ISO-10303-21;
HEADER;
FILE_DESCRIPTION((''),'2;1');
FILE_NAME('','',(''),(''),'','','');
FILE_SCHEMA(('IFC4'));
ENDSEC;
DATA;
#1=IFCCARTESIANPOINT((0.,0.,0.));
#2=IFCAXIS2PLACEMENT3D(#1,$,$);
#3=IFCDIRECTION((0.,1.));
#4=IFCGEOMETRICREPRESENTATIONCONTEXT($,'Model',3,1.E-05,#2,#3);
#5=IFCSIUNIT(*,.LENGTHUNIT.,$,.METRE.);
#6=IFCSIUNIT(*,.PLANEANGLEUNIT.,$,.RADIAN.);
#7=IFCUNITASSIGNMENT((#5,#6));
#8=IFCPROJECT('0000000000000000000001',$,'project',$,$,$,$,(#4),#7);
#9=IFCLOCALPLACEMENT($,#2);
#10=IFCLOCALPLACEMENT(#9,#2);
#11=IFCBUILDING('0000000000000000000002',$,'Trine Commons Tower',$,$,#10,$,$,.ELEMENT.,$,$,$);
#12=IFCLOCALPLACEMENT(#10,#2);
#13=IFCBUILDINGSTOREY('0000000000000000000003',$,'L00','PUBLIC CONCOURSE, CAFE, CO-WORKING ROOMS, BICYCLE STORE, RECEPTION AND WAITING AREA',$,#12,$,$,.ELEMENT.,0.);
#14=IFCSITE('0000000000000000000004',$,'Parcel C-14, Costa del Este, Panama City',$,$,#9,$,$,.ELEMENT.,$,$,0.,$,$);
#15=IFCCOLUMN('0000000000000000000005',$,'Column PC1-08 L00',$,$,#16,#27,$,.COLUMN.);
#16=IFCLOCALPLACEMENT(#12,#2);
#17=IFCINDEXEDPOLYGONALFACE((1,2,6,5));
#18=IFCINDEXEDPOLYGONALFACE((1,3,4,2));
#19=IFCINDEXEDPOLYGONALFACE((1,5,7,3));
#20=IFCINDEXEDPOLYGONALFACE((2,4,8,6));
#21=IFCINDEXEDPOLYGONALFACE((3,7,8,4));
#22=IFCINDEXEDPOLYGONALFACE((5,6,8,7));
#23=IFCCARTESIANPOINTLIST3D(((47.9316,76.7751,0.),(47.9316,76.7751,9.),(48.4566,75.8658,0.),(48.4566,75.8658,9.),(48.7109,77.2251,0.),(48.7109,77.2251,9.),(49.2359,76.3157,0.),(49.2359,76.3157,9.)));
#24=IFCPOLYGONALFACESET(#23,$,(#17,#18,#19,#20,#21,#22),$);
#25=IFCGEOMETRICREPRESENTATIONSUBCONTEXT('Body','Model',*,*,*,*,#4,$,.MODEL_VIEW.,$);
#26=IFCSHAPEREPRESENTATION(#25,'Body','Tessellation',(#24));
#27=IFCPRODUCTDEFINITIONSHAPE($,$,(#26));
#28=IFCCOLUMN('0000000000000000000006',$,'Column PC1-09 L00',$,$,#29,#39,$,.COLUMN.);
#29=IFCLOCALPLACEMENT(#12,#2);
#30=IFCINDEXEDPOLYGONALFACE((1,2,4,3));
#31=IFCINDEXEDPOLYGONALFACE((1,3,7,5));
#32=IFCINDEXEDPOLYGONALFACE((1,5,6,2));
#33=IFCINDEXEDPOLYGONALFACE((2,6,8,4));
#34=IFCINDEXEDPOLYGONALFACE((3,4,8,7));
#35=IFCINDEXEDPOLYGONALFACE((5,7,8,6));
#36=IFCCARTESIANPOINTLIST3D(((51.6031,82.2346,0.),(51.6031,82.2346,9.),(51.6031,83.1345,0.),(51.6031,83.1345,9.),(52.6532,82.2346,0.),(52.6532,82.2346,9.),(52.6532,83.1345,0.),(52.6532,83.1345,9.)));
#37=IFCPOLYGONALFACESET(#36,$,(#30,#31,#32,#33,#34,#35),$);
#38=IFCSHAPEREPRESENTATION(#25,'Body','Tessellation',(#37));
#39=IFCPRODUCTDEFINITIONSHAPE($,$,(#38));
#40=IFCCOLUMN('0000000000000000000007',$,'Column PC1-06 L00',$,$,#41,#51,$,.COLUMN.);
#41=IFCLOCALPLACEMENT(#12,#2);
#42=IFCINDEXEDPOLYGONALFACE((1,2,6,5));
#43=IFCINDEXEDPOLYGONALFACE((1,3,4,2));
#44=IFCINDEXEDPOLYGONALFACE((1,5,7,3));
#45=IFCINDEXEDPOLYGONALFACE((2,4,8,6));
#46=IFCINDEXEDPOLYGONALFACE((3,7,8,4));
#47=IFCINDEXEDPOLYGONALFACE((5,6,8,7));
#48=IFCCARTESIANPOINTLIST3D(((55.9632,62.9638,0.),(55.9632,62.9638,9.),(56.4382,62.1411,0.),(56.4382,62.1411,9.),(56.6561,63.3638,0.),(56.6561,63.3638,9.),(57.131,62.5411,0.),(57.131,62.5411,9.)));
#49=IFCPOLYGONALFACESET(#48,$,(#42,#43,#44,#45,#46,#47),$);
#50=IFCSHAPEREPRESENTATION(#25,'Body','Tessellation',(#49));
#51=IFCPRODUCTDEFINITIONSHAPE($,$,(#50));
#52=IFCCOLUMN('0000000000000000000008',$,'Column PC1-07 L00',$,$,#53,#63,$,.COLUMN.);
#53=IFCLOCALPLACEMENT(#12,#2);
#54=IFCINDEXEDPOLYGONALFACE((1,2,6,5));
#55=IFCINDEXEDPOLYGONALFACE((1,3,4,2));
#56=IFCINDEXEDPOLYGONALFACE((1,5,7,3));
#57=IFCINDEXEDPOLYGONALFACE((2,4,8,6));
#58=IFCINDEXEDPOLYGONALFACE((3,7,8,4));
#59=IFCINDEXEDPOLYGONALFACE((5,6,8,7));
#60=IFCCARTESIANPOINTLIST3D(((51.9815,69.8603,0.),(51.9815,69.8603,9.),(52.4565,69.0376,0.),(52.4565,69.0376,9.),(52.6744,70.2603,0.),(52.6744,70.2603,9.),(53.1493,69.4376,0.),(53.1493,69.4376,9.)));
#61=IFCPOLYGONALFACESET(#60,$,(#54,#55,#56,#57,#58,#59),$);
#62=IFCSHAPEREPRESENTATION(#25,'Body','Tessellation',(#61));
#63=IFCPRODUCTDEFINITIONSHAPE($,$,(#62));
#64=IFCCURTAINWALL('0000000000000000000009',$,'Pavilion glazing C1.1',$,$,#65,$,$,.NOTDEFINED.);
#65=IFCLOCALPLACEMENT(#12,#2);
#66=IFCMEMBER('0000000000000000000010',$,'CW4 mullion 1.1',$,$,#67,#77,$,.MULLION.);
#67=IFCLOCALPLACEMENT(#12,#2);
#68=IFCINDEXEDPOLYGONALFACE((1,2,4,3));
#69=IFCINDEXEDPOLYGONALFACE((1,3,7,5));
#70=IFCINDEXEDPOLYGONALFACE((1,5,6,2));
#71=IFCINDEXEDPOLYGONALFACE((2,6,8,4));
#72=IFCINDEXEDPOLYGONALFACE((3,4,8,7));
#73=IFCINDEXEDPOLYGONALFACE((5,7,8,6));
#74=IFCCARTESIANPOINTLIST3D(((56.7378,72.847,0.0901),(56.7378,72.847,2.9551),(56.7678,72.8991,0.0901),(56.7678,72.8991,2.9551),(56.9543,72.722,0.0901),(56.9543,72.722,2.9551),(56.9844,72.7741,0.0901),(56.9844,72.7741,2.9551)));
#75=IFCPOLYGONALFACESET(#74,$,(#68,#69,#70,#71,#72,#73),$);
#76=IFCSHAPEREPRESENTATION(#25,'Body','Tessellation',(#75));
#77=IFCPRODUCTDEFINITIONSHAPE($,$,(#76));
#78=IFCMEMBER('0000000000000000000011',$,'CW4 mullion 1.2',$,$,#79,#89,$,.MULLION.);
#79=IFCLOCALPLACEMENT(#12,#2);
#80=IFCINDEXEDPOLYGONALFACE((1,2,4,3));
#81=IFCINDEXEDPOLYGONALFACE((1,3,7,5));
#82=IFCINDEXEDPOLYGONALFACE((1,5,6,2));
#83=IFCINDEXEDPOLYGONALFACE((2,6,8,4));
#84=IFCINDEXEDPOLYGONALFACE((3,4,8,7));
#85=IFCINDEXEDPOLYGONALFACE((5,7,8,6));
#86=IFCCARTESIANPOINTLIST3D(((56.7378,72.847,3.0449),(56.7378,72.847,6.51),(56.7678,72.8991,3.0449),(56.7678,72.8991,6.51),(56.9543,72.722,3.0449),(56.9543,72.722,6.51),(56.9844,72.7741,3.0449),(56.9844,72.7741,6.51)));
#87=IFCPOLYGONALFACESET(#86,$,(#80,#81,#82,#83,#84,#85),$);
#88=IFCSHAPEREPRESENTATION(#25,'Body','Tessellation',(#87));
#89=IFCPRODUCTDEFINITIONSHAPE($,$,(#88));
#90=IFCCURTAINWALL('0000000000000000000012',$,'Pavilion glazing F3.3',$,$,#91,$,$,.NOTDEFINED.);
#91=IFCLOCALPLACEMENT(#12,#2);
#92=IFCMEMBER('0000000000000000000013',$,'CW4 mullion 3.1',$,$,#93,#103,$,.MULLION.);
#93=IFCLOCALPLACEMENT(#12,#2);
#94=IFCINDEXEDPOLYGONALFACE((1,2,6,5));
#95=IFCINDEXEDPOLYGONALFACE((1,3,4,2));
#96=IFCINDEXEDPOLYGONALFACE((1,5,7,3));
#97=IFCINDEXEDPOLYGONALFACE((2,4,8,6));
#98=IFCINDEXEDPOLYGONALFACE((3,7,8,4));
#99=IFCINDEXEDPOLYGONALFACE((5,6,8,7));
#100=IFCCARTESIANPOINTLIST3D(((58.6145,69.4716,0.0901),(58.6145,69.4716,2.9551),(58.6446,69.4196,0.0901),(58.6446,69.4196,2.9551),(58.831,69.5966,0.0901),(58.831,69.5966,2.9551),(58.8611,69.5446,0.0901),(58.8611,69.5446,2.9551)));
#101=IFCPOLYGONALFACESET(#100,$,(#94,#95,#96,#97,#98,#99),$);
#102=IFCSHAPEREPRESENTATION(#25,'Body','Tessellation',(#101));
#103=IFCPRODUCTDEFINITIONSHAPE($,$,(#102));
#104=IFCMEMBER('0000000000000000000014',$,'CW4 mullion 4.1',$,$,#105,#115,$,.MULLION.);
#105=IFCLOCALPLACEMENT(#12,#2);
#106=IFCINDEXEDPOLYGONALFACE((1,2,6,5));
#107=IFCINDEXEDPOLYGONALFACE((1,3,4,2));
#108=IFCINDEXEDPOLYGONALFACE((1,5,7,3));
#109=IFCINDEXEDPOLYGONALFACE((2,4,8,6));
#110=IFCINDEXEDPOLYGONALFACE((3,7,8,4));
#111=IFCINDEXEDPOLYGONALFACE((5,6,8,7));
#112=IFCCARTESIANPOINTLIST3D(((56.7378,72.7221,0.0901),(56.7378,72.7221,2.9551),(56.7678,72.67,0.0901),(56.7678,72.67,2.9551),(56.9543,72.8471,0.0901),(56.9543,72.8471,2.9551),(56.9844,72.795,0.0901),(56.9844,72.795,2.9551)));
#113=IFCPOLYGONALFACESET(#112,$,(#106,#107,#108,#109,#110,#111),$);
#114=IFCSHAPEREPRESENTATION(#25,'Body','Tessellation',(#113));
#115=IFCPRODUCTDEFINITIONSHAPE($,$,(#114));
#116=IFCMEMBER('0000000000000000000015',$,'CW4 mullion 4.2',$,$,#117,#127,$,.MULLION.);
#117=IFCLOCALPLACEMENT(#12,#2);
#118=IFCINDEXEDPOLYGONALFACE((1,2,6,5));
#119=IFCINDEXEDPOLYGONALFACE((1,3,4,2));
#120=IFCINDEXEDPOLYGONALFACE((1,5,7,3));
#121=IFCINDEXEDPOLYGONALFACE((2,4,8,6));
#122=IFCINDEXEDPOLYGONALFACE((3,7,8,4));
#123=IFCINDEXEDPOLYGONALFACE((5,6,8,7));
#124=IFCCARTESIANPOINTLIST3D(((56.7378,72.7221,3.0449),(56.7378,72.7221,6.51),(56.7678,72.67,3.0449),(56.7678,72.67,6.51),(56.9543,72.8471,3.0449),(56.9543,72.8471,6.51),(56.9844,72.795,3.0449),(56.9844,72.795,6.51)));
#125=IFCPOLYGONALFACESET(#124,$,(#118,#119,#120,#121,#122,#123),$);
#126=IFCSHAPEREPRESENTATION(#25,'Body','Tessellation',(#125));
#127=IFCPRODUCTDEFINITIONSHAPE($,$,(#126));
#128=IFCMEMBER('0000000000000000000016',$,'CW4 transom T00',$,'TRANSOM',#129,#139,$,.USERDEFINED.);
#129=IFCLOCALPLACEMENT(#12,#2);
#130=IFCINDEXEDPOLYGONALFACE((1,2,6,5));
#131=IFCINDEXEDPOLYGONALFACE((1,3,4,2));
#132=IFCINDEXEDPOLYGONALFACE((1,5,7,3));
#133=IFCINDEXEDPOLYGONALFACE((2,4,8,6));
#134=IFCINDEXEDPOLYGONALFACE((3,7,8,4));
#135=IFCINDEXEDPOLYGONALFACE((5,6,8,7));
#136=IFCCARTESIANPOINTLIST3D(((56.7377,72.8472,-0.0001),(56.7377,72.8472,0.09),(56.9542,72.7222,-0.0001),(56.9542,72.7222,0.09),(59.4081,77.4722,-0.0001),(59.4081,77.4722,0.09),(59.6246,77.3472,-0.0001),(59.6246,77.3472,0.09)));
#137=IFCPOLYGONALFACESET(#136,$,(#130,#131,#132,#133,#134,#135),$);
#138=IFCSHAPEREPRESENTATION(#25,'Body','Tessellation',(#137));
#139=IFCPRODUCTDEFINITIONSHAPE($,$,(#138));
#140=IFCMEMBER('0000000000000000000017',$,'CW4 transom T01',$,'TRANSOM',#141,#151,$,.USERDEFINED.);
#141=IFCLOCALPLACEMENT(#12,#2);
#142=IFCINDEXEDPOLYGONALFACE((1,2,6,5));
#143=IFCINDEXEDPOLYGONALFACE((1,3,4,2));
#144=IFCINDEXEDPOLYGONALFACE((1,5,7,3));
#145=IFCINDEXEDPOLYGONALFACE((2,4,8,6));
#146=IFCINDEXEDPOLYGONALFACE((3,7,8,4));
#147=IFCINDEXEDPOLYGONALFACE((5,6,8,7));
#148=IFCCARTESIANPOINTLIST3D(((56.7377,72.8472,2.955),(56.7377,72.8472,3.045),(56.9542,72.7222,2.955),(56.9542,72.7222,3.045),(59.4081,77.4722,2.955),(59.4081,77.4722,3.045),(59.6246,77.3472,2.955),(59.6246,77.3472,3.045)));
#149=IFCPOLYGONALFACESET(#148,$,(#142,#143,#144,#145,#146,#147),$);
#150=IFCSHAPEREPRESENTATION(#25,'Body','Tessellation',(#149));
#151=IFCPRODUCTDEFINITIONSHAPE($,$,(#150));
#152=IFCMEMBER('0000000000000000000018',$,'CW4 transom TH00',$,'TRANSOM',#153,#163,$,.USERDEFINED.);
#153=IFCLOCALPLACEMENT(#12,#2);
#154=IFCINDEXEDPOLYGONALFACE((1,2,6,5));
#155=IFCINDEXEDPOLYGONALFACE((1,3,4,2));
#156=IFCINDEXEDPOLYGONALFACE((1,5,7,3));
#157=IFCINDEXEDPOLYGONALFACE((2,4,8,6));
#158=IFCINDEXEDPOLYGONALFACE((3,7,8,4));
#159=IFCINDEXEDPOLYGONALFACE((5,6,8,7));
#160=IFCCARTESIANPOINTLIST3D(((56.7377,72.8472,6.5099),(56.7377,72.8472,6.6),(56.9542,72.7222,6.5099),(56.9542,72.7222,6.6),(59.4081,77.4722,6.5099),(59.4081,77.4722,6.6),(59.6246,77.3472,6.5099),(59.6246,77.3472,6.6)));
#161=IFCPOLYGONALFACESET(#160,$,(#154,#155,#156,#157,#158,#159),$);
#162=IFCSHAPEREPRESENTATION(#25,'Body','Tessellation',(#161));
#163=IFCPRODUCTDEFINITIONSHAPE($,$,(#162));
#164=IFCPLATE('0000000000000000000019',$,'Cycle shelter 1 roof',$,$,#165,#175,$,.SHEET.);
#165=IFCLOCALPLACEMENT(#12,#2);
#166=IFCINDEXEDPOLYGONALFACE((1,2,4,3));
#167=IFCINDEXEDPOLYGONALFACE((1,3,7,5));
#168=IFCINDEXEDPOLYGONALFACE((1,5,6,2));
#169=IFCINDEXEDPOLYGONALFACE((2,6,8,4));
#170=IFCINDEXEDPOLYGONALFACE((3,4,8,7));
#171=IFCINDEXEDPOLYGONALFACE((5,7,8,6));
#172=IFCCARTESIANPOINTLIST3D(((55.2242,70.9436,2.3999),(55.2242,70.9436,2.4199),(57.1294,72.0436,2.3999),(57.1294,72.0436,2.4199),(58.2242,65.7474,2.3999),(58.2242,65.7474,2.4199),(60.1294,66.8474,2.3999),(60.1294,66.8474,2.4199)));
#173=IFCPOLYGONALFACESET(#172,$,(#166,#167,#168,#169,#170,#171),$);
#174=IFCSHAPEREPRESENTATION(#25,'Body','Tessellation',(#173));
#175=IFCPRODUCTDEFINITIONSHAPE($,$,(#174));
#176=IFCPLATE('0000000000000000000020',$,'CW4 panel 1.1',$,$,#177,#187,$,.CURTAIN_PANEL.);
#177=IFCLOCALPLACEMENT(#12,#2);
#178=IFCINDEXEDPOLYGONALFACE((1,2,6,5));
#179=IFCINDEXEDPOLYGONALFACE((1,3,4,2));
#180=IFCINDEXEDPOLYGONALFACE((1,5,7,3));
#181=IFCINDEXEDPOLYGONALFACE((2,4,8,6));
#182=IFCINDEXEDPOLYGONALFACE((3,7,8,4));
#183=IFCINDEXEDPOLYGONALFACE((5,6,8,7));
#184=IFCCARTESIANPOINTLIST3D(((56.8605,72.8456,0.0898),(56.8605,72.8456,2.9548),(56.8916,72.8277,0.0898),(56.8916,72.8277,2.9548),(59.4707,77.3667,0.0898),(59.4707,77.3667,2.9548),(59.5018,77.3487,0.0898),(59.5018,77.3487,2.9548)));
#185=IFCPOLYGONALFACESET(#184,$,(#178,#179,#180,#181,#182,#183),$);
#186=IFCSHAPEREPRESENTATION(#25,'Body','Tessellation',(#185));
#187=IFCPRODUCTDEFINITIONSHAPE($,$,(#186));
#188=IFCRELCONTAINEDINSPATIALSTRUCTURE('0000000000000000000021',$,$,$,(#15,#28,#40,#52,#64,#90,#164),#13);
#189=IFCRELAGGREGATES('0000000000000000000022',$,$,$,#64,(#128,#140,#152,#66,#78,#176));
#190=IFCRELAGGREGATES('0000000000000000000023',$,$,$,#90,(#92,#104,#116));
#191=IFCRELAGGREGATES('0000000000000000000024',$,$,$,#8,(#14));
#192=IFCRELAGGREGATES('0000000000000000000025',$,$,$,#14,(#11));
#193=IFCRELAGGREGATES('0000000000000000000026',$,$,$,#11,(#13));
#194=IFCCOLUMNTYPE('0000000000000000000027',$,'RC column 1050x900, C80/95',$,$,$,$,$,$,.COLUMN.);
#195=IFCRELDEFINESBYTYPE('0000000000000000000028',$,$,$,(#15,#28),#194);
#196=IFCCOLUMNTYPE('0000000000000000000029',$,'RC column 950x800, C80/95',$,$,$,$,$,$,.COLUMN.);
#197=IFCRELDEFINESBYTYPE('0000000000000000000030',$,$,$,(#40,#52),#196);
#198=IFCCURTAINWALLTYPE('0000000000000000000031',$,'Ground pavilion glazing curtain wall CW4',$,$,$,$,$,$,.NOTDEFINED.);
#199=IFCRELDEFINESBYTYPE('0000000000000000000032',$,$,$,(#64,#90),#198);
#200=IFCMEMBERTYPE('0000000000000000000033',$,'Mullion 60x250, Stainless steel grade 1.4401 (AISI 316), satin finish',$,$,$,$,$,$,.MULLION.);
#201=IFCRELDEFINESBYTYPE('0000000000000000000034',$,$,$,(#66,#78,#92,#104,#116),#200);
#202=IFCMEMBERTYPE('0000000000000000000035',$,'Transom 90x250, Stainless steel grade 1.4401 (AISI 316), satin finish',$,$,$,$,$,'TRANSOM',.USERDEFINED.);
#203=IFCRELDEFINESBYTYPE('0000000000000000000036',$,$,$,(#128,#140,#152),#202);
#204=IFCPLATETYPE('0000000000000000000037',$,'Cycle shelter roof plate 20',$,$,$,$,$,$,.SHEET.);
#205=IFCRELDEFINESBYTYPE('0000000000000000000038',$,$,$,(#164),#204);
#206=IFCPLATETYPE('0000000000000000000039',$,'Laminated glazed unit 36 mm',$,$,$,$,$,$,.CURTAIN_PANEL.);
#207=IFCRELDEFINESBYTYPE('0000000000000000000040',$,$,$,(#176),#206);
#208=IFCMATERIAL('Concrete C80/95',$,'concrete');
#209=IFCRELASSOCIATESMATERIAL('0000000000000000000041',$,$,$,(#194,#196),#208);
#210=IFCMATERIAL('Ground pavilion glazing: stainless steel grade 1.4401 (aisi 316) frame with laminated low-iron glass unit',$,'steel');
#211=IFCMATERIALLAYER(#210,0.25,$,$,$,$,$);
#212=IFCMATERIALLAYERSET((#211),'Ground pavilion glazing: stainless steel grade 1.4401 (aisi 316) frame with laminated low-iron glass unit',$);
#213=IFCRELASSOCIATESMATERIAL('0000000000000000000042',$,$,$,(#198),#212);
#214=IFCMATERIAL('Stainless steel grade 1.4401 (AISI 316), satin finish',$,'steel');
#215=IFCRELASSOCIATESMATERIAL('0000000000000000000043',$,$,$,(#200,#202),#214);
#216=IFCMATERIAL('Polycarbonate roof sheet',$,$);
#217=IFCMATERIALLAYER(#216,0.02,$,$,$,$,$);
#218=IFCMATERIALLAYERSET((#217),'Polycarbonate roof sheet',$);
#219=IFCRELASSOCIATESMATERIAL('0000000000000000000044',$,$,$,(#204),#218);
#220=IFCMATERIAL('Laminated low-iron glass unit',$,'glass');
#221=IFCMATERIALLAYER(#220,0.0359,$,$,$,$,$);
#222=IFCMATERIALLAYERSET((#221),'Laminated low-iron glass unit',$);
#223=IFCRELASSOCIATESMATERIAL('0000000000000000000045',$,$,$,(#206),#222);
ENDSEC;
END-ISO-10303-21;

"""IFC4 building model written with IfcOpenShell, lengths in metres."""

from ifc_helpers import new_model, si_unit, direction, frame, origin, origin_2d, place, context, subcontext, project, spatial, rectangle, extrude, material, layer, layer_set, material_profile, profile_set, type_object, element, aggregate, save


model = new_model("IFC4")

# Units and contexts
model_context = context("Model", 3, precision=1e-05, world=origin(), true_north=direction((0.0, 1.0)))
body_context = subcontext(model_context, "Body", "Model", "MODEL_VIEW")
ifc_project = project(units=[si_unit("LENGTHUNIT", "METRE"), si_unit("PLANEANGLEUNIT", "RADIAN")], contexts=[model_context])

# Site, building, storey
site_placement = place(None, origin())
site = spatial("IfcSite", under=ifc_project, at=site_placement, Name="Parcel C-14, Costa del Este, Panama City", CompositionType="ELEMENT", RefElevation=0.0)
building_placement = place(site_placement, origin())
building = spatial("IfcBuilding", under=site, at=building_placement, Name="Trine Commons Tower", CompositionType="ELEMENT")
storey_placement = place(building_placement, origin())
storey = spatial("IfcBuildingStorey", under=building, at=storey_placement, Name="L00", Description="PUBLIC CONCOURSE, CAFE, CO-WORKING ROOMS, BICYCLE STORE, RECEPTION AND WAITING AREA", CompositionType="ELEMENT", Elevation=0.0)

# Columns
ifc_material_1 = material(Name="Concrete C80/95", Category="concrete")
ifc_material_profile_1 = material_profile(ifc_material_1, rectangle(XDim=1.05, YDim=0.8999, at=origin_2d()), Name="RC 1050x900")
ifc_profile_set_1 = profile_set([ifc_material_profile_1], Name="Concrete C80/95")
column_type_1 = type_object("IfcColumnType", Name="RC column 1050x900, C80/95", PredefinedType="COLUMN", material=ifc_profile_set_1)
for number, where, z_axis, x_axis, name in (
    (1, (48.5837, 76.5454, 0.0), (0.0, 0.0, 1.0), (-0.5, 0.866025, 0.0), "Column PC1-08 L00"),
    (2, (52.1282, 82.6846, 0.0), (0.0, 0.0, 1.0), (1.0, 0.0, 0.0), "Column PC1-09 L00"),
):
    element("IfcColumn", number, at=place(storey_placement, frame(where, z_axis=z_axis, x_axis=x_axis)), inside=storey, type_object=column_type_1, Name=name, PredefinedType="COLUMN", context=body_context, shape_type="SweptSolid", body=[
        extrude(rectangle(XDim=1.05, YDim=0.8999, at=origin_2d()), origin(), (0.0, 0.0, 1.0), 9.0),
    ])
ifc_material_profile_2 = material_profile(ifc_material_1, rectangle(XDim=0.95, YDim=0.8, at=origin_2d()), Name="RC 950x800")
ifc_profile_set_2 = profile_set([ifc_material_profile_2], Name="Concrete C80/95")
column_type_2 = type_object("IfcColumnType", Name="RC column 950x800, C80/95", PredefinedType="COLUMN", material=ifc_profile_set_2)
for number, where, z_axis, x_axis, name in (
    (3, (56.5471, 62.7524, 0.0), (0.0, 0.0, 1.0), (-0.5, 0.866025, 0.0), "Column PC1-06 L00"),
    (4, (52.5654, 69.6489, 0.0), (0.0, 0.0, 1.0), (-0.5, 0.866025, 0.0), "Column PC1-07 L00"),
):
    element("IfcColumn", number, at=place(storey_placement, frame(where, z_axis=z_axis, x_axis=x_axis)), inside=storey, type_object=column_type_2, Name=name, PredefinedType="COLUMN", context=body_context, shape_type="SweptSolid", body=[
        extrude(rectangle(XDim=0.95, YDim=0.8, at=origin_2d()), origin(), (0.0, 0.0, 1.0), 9.0),
    ])

# Curtain walls, members
ifc_material_2 = material(Name="Ground pavilion glazing: stainless steel grade 1.4401 (aisi 316) frame with laminated low-iron glass unit", Category="steel")
ifc_layer_1 = layer(ifc_material_2, 0.25)
ifc_layer_set_1 = layer_set([ifc_layer_1], Name="Ground pavilion glazing: stainless steel grade 1.4401 (aisi 316) frame with laminated low-iron glass unit")
curtain_wall_type = type_object("IfcCurtainWallType", Name="Ground pavilion glazing curtain wall CW4", PredefinedType="NOTDEFINED", material=ifc_layer_set_1)
curtain_wall_1_placement = place(storey_placement, origin())
curtain_wall_1 = element("IfcCurtainWall", 5, at=curtain_wall_1_placement, inside=storey, type_object=curtain_wall_type, Name="Pavilion glazing C1.1", PredefinedType="NOTDEFINED")
ifc_material_3 = material(Name="Stainless steel grade 1.4401 (AISI 316), satin finish", Category="steel")
ifc_material_profile_3 = material_profile(ifc_material_3, rectangle(XDim=0.25, YDim=0.0601, at=origin_2d()), Name="Mullion 60x250")
ifc_profile_set_3 = profile_set([ifc_material_profile_3], Name="Stainless steel grade 1.4401 (AISI 316), satin finish")
member_type_1 = type_object("IfcMemberType", Name="Mullion 60x250, Stainless steel grade 1.4401 (AISI 316), satin finish", PredefinedType="MULLION", material=ifc_profile_set_3)
member_1_placement = place(storey_placement, frame((56.8611, 72.8105, 0.0901), z_axis=(0.0, 0.0, 1.0), x_axis=(-0.866025, 0.5, 0.0)))
member_1 = element("IfcMember", 6, at=member_1_placement, type_object=member_type_1, Name="CW4 mullion 1.1", PredefinedType="MULLION", context=body_context, shape_type="SweptSolid", body=[
    extrude(rectangle(XDim=0.25, YDim=0.0601, at=origin_2d()), origin(), (0.0, 0.0, 1.0), 2.865),
])
member_2_placement = place(storey_placement, frame((56.8611, 72.8105, 3.0449), z_axis=(0.0, 0.0, 1.0), x_axis=(-0.866025, 0.5, 0.0)))
member_2 = element("IfcMember", 7, at=member_2_placement, type_object=member_type_1, Name="CW4 mullion 1.2", PredefinedType="MULLION", context=body_context, shape_type="SweptSolid", body=[
    extrude(rectangle(XDim=0.25, YDim=0.0601, at=origin_2d()), origin(), (0.0, 0.0, 1.0), 3.4651),
])
curtain_wall_2_placement = place(storey_placement, origin())
curtain_wall_2 = element("IfcCurtainWall", 8, at=curtain_wall_2_placement, inside=storey, type_object=curtain_wall_type, Name="Pavilion glazing F3.3", PredefinedType="NOTDEFINED")
member_3_placement = place(storey_placement, frame((58.7378, 69.5081, 0.0901), z_axis=(0.0, 0.0, 1.0), x_axis=(-0.866025, -0.5, 0.0)))
member_3 = element("IfcMember", 9, at=member_3_placement, type_object=member_type_1, Name="CW4 mullion 3.1", PredefinedType="MULLION", context=body_context, shape_type="SweptSolid", body=[
    extrude(rectangle(XDim=0.25, YDim=0.0601, at=origin_2d()), origin(), (0.0, 0.0, 1.0), 2.865),
])
member_4_placement = place(storey_placement, frame((56.8611, 72.7585, 0.0901), z_axis=(0.0, 0.0, 1.0), x_axis=(-0.866025, -0.5, 0.0)))
member_4 = element("IfcMember", 10, at=member_4_placement, type_object=member_type_1, Name="CW4 mullion 4.1", PredefinedType="MULLION", context=body_context, shape_type="SweptSolid", body=[
    extrude(rectangle(XDim=0.25, YDim=0.0601, at=origin_2d()), origin(), (0.0, 0.0, 1.0), 2.865),
])
member_5_placement = place(storey_placement, frame((56.8611, 72.7585, 3.0449), z_axis=(0.0, 0.0, 1.0), x_axis=(-0.866025, -0.5, 0.0)))
member_5 = element("IfcMember", 11, at=member_5_placement, type_object=member_type_1, Name="CW4 mullion 4.2", PredefinedType="MULLION", context=body_context, shape_type="SweptSolid", body=[
    extrude(rectangle(XDim=0.25, YDim=0.0601, at=origin_2d()), origin(), (0.0, 0.0, 1.0), 3.4651),
])

# Members
ifc_material_profile_4 = material_profile(ifc_material_3, rectangle(XDim=0.25, YDim=0.0901, at=origin_2d()), Name="Transom 90x250")
ifc_profile_set_4 = profile_set([ifc_material_profile_4], Name="Stainless steel grade 1.4401 (AISI 316), satin finish")
member_type_2 = type_object("IfcMemberType", Name="Transom 90x250, Stainless steel grade 1.4401 (AISI 316), satin finish", ElementType="TRANSOM", PredefinedType="USERDEFINED", material=ifc_profile_set_4)
member_6_placement = place(storey_placement, frame((56.8459, 72.7847, 0.0449), z_axis=(0.500023, 0.866012, 0.0), x_axis=(-0.866012, 0.500023, 0.0)))
member_6 = element("IfcMember", 12, at=member_6_placement, type_object=member_type_2, Name="CW4 transom T00", ObjectType="TRANSOM", PredefinedType="USERDEFINED", context=body_context, shape_type="SweptSolid", body=[
    extrude(rectangle(XDim=0.25, YDim=0.0901, at=origin_2d()), origin(), (0.0, 0.0, 1.0), 5.3406),
])
member_7_placement = place(storey_placement, frame((56.8459, 72.7847, 3.0), z_axis=(0.500023, 0.866012, 0.0), x_axis=(-0.866012, 0.500023, 0.0)))
member_7 = element("IfcMember", 13, at=member_7_placement, type_object=member_type_2, Name="CW4 transom T01", ObjectType="TRANSOM", PredefinedType="USERDEFINED", context=body_context, shape_type="SweptSolid", body=[
    extrude(rectangle(XDim=0.25, YDim=0.0901, at=origin_2d()), origin(), (0.0, 0.0, 1.0), 5.3406),
])
member_8_placement = place(storey_placement, frame((56.8459, 72.7847, 6.5549), z_axis=(0.500023, 0.866012, 0.0), x_axis=(-0.866012, 0.500023, 0.0)))
member_8 = element("IfcMember", 14, at=member_8_placement, type_object=member_type_2, Name="CW4 transom TH00", ObjectType="TRANSOM", PredefinedType="USERDEFINED", context=body_context, shape_type="SweptSolid", body=[
    extrude(rectangle(XDim=0.25, YDim=0.0901, at=origin_2d()), origin(), (0.0, 0.0, 1.0), 5.3406),
])

# Plates
ifc_material_4 = material(Name="Polycarbonate roof sheet")
ifc_layer_2 = layer(ifc_material_4, 0.02)
ifc_layer_set_2 = layer_set([ifc_layer_2], Name="Polycarbonate roof sheet")
plate_type_1 = type_object("IfcPlateType", Name="Cycle shelter roof plate 20", PredefinedType="SHEET", material=ifc_layer_set_2)
plate_1_placement = place(storey_placement, frame((57.6768, 68.8955, 2.3999), z_axis=(0.0, 0.0, 1.0), x_axis=(-0.5, 0.866025, 0.0)))
element("IfcPlate", 15, at=plate_1_placement, inside=storey, type_object=plate_type_1, Name="Cycle shelter 1 roof", PredefinedType="SHEET", context=body_context, shape_type="SweptSolid", body=[
    extrude(rectangle(XDim=6.0, YDim=2.2, at=origin_2d()), origin(), (0.0, 0.0, 1.0), 0.02),
])
ifc_material_5 = material(Name="Laminated low-iron glass unit", Category="glass")
ifc_layer_3 = layer(ifc_material_5, 0.0359)
ifc_layer_set_3 = layer_set([ifc_layer_3], Name="Laminated low-iron glass unit")
plate_type_2 = type_object("IfcPlateType", Name="Laminated glazed unit 36 mm", PredefinedType="CURTAIN_PANEL", material=ifc_layer_set_3)
plate_2_placement = place(storey_placement, frame((58.1812, 75.0972, 0.0898), z_axis=(0.0, 0.0, 1.0), x_axis=(0.5, 0.866025, 0.0)))
plate_2 = element("IfcPlate", 16, at=plate_2_placement, type_object=plate_type_2, Name="CW4 panel 1.1", PredefinedType="CURTAIN_PANEL", context=body_context, shape_type="SweptSolid", body=[
    extrude(rectangle(XDim=5.2205, YDim=0.0359, at=origin_2d()), origin(), (0.0, 0.0, 1.0), 2.865),
])
aggregate(curtain_wall_1, [member_6, member_7, member_8, member_1, member_2, plate_2])
aggregate(curtain_wall_2, [member_3, member_4, member_5])

save(model, "model.ifc")
